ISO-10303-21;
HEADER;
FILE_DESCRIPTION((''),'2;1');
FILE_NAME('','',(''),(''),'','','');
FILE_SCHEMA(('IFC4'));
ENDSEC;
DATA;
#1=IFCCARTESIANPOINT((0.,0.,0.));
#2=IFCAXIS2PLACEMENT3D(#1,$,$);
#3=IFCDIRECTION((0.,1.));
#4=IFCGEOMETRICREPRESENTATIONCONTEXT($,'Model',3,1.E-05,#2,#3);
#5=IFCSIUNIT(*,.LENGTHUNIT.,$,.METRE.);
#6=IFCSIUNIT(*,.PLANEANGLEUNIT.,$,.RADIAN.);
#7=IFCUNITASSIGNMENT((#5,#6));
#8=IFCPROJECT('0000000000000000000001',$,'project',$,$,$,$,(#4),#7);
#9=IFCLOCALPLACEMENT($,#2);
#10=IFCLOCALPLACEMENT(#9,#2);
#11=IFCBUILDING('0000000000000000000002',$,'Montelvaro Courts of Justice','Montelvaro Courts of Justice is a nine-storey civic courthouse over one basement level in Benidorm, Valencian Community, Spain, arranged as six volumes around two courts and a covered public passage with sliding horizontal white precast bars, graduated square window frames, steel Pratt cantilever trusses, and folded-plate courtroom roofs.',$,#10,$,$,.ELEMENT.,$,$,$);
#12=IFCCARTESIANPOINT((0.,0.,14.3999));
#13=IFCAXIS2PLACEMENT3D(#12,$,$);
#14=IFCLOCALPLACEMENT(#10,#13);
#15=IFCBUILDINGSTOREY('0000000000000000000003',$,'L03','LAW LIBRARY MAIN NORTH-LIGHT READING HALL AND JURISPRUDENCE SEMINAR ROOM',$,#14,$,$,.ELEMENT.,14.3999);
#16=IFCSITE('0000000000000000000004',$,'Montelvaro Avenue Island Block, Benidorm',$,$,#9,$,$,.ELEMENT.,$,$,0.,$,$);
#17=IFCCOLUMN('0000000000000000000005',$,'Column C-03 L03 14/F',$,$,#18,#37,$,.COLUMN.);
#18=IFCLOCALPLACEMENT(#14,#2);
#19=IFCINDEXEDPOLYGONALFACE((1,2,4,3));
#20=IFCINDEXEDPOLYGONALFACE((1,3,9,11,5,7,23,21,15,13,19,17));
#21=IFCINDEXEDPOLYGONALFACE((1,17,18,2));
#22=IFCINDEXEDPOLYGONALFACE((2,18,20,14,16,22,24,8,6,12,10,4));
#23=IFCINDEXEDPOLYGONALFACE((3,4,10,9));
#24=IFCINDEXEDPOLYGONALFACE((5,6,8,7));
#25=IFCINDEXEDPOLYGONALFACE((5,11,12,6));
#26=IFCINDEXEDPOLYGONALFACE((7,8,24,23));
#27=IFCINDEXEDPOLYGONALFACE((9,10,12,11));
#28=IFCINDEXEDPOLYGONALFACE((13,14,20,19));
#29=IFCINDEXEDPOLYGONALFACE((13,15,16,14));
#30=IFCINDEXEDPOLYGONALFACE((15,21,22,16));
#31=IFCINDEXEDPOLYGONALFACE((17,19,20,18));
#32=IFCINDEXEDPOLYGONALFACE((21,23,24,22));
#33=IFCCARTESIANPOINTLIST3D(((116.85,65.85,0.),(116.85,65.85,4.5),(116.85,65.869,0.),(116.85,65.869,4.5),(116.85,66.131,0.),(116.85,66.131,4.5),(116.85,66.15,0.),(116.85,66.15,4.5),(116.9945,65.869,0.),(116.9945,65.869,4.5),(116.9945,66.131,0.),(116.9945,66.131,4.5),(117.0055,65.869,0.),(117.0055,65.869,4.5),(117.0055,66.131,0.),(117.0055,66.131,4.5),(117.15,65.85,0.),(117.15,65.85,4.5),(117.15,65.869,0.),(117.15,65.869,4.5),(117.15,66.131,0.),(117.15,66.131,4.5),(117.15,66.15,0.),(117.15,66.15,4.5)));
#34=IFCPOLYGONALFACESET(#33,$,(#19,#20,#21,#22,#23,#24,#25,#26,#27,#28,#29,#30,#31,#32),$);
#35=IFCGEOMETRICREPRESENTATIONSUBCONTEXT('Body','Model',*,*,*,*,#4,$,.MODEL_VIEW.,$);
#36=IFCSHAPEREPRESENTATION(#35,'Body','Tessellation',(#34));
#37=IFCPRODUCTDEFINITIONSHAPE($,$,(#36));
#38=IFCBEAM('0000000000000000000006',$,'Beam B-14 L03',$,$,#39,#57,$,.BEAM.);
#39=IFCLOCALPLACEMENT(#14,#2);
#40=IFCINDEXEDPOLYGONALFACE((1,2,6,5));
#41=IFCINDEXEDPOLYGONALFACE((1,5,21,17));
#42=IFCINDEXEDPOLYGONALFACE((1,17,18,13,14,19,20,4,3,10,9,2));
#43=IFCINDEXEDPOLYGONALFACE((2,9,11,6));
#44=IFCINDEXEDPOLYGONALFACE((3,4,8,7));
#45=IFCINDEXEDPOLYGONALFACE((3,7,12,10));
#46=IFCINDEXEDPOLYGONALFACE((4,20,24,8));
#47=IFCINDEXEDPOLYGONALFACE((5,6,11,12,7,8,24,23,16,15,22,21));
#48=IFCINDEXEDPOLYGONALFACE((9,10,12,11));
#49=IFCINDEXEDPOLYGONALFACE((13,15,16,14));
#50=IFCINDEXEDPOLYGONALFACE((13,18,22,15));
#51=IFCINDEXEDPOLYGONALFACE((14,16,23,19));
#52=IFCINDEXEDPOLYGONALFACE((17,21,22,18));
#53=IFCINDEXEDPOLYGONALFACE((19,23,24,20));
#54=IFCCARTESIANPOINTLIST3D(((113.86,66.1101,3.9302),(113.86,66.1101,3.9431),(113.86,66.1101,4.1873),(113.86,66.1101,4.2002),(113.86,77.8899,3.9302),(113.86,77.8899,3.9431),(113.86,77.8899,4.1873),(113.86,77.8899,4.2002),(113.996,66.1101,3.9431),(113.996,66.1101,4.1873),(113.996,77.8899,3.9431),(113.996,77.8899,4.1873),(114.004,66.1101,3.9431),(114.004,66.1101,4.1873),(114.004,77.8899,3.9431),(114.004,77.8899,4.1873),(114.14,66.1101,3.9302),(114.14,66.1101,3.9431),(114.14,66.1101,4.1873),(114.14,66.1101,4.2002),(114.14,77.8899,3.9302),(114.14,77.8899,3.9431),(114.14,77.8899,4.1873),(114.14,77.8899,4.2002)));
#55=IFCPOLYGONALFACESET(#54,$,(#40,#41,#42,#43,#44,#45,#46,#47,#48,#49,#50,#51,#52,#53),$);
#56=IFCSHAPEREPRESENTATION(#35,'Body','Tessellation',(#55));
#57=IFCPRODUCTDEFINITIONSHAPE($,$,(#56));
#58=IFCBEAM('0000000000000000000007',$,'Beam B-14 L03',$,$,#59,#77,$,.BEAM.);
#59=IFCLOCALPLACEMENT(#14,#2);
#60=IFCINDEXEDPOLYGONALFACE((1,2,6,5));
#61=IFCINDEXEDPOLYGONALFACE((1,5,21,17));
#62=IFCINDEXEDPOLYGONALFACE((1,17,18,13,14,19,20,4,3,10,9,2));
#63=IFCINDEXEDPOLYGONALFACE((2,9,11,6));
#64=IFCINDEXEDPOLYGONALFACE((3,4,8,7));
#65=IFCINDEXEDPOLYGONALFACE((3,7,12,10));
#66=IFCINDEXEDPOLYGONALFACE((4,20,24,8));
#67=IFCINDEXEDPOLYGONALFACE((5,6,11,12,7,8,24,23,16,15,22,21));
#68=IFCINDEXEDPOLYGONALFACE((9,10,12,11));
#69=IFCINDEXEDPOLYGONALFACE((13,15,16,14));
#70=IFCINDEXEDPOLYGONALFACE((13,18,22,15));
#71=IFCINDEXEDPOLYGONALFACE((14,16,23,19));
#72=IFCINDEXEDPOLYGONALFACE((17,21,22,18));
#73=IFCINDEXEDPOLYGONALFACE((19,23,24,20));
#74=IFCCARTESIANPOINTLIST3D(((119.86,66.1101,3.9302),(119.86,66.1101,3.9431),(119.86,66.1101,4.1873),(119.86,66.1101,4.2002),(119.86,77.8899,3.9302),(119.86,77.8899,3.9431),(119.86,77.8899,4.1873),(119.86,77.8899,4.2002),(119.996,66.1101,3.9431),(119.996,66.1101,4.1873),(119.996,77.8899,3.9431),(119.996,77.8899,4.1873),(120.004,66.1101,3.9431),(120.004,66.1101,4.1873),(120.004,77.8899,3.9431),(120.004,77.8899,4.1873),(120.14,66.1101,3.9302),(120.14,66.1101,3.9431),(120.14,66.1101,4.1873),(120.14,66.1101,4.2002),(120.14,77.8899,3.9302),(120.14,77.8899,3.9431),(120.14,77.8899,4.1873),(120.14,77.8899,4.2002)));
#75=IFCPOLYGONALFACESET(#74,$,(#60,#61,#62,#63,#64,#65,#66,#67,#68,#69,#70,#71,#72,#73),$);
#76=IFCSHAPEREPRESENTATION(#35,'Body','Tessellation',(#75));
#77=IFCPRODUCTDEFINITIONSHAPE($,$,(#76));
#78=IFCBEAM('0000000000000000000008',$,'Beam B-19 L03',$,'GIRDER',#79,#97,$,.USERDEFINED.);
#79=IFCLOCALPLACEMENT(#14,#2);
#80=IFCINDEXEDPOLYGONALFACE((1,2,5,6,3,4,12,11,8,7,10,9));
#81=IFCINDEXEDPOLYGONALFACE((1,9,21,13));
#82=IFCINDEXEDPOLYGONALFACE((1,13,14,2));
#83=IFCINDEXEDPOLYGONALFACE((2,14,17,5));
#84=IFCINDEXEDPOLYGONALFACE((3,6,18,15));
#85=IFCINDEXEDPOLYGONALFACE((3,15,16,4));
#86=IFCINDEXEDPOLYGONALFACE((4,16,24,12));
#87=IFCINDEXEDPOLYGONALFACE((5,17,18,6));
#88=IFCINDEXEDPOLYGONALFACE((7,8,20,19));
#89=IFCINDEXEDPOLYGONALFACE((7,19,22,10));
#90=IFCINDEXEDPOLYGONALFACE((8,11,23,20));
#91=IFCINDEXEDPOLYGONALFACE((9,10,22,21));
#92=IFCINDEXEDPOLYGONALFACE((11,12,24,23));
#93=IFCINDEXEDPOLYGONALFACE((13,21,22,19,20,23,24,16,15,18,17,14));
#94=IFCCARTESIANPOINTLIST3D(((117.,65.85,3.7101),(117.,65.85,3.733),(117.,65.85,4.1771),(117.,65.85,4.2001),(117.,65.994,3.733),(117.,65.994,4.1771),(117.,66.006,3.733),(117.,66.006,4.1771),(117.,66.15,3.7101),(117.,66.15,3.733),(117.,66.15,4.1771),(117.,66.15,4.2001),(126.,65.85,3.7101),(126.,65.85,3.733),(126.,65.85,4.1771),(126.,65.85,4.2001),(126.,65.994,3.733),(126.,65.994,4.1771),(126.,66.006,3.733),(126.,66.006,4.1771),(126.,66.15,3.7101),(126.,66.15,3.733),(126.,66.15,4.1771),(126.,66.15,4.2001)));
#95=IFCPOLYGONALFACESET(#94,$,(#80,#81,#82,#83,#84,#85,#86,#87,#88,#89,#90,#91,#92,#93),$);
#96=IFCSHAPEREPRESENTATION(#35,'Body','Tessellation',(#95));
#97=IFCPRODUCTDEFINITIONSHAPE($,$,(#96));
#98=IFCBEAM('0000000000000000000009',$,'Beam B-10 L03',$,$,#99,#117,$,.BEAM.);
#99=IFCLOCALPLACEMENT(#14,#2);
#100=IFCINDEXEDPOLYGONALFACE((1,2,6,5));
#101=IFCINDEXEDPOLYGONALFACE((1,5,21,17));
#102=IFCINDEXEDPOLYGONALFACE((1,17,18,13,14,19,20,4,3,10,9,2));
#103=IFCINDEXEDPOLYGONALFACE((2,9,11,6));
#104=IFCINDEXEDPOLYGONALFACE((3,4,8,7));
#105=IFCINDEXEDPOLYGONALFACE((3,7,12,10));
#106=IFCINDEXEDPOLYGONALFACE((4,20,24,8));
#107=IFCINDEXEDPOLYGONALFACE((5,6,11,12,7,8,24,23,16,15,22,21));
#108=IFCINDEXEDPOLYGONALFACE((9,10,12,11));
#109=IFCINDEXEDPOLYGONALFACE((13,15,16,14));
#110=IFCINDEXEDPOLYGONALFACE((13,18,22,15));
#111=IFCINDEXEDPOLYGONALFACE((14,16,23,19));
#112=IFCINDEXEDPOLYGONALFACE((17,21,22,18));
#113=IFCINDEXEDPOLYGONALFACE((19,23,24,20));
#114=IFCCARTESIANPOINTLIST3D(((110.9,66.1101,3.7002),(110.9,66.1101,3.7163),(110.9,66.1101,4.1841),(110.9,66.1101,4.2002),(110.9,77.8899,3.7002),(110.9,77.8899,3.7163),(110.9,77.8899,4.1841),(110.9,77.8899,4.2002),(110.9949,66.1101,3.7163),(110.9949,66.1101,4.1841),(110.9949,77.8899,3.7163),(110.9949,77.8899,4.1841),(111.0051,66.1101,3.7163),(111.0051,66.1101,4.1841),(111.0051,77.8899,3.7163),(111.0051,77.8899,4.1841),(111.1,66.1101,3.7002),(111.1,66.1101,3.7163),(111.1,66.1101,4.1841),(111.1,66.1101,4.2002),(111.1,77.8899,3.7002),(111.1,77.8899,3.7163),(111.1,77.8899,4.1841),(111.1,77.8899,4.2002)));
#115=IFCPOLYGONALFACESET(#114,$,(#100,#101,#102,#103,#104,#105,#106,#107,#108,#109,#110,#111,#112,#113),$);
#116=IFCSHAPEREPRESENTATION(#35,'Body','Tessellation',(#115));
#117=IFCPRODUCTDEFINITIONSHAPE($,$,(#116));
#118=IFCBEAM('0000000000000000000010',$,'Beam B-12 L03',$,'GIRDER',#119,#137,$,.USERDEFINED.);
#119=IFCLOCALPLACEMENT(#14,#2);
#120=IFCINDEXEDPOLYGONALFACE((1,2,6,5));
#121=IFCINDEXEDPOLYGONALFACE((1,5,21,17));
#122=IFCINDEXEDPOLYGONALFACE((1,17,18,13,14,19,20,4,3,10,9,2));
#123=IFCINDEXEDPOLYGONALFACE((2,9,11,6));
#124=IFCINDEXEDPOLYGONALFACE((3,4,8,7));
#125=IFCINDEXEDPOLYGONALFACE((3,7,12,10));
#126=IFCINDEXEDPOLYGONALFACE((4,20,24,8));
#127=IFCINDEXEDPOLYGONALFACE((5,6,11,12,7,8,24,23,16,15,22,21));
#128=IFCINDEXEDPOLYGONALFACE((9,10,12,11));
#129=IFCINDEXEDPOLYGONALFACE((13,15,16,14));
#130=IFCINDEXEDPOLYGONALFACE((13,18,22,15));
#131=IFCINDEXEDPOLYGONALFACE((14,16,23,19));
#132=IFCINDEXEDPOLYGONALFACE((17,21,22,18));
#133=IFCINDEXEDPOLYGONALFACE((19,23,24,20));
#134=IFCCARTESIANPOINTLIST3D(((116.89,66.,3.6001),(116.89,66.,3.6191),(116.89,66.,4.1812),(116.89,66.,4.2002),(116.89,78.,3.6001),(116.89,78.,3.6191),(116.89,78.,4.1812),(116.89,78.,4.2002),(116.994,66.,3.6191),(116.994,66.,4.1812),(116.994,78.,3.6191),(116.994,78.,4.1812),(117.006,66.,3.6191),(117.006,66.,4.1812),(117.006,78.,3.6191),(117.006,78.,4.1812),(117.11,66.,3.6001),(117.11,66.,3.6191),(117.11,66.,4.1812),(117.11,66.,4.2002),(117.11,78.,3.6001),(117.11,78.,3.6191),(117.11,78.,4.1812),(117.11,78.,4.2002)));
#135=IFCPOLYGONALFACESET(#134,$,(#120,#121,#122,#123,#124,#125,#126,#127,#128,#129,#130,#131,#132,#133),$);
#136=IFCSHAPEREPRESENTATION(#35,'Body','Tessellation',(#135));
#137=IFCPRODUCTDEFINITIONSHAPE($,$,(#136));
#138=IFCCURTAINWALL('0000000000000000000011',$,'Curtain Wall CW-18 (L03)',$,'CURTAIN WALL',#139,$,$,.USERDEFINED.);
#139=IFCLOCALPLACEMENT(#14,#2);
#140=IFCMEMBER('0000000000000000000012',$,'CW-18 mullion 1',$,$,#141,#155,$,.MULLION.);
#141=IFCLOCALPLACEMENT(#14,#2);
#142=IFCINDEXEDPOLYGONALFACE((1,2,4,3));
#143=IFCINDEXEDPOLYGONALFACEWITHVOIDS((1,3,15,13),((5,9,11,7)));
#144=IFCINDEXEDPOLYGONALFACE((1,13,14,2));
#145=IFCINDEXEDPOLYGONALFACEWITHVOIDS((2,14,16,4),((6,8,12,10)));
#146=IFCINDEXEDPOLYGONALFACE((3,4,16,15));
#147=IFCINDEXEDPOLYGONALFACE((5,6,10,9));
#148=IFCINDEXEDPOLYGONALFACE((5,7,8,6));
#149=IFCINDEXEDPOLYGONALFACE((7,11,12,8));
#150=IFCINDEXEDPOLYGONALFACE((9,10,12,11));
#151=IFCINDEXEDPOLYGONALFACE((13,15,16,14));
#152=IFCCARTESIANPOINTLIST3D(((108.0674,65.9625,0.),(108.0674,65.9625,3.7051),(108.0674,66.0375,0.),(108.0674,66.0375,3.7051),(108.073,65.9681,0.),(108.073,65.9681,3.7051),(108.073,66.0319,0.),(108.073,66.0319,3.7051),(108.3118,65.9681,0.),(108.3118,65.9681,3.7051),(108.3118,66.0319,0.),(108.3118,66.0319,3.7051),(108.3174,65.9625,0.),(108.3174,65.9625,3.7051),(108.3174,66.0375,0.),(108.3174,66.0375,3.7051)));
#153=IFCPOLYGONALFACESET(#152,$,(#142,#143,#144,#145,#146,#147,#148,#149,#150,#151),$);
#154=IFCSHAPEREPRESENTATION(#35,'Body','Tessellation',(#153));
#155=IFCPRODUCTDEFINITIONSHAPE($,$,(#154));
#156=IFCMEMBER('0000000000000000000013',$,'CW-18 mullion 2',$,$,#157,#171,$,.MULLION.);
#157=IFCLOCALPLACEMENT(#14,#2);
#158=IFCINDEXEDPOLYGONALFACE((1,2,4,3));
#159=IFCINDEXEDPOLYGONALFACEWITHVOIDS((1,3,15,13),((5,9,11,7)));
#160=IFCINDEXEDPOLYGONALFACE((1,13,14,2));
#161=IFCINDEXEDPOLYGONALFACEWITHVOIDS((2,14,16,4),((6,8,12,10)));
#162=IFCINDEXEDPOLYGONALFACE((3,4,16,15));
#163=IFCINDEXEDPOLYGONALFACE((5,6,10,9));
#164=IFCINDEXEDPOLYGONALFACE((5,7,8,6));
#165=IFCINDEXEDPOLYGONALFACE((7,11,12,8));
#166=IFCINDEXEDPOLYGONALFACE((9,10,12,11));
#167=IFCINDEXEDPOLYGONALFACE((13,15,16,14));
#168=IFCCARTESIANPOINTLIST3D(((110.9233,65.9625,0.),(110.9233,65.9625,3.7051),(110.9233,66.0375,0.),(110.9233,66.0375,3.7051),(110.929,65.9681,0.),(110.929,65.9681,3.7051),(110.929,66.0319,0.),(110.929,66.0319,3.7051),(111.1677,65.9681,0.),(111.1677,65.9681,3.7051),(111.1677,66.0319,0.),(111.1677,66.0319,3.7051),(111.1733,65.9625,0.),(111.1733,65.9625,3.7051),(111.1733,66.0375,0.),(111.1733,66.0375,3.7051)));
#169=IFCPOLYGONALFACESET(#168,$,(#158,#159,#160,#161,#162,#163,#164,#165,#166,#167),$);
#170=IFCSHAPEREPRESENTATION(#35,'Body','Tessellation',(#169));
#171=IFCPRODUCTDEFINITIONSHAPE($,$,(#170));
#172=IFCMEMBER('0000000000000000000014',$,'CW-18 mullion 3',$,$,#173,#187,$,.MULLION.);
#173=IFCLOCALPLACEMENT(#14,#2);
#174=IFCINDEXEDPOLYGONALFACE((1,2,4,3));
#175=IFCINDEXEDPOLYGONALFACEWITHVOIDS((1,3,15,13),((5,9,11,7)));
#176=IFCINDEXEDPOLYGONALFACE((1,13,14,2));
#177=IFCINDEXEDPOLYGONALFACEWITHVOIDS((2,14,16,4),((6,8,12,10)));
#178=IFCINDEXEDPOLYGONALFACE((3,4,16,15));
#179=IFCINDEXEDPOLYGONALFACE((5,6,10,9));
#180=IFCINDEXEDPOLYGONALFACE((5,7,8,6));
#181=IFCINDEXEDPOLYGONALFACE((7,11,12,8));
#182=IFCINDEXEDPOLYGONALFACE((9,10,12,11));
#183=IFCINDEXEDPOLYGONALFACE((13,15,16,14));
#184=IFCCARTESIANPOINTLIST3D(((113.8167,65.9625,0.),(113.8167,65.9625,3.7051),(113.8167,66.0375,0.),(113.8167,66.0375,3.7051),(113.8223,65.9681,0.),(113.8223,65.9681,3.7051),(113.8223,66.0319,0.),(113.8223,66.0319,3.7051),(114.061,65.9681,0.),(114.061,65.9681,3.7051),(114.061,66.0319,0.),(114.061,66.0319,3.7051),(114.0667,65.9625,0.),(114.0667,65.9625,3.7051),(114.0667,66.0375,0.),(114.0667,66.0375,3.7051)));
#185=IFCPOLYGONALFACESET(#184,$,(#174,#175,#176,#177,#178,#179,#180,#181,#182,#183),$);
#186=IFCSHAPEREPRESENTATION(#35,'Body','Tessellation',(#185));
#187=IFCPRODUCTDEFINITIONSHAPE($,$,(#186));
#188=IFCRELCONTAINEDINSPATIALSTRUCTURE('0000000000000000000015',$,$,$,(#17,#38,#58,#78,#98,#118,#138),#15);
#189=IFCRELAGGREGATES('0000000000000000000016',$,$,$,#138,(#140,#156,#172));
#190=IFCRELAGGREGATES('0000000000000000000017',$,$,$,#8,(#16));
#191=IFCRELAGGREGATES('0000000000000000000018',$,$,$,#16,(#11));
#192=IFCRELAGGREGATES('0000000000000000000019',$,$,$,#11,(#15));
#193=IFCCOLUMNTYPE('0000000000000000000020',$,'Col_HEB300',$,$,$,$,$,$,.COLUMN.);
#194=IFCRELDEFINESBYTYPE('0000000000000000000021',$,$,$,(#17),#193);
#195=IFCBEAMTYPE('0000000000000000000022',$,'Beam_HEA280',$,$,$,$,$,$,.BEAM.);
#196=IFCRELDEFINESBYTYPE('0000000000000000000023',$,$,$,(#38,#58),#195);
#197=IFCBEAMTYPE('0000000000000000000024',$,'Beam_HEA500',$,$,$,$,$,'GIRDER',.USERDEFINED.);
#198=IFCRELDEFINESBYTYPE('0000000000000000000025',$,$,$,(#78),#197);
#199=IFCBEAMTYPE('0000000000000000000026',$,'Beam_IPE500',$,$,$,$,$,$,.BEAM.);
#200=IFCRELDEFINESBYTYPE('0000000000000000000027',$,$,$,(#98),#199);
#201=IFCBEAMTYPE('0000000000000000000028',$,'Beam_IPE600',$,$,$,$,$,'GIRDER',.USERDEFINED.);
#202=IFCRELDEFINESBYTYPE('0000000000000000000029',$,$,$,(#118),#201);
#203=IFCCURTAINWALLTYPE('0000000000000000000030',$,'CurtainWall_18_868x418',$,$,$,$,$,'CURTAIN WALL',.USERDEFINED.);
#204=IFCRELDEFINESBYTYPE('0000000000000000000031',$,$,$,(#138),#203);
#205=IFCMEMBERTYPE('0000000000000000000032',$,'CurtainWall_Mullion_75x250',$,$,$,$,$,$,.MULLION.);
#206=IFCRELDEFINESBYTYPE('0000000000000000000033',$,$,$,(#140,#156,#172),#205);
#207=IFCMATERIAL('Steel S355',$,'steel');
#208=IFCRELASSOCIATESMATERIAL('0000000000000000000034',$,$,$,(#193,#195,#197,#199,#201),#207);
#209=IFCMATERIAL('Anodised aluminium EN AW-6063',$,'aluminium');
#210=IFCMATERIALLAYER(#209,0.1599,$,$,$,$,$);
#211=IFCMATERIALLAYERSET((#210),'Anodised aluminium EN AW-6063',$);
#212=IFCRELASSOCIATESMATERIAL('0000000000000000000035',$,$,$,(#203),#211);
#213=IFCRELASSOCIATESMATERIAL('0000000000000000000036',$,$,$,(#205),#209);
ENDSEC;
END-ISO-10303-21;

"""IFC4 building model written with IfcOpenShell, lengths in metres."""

from ifc_helpers import new_model, si_unit, direction, frame, origin, origin_2d, place, context, subcontext, project, spatial, hollow_rectangle, i_section, extrude, material, layer, layer_set, material_profile, profile_set, type_object, element, aggregate, save


model = new_model("IFC4")

# Units and contexts
model_context = context("Model", 3, precision=1e-05, world=origin(), true_north=direction((0.0, 1.0)))
body_context = subcontext(model_context, "Body", "Model", "MODEL_VIEW")
ifc_project = project(units=[si_unit("LENGTHUNIT", "METRE"), si_unit("PLANEANGLEUNIT", "RADIAN")], contexts=[model_context])

# Site, building, storey
site_placement = place(None, origin())
site = spatial("IfcSite", under=ifc_project, at=site_placement, Name="Montelvaro Avenue Island Block, Benidorm", CompositionType="ELEMENT", RefElevation=0.0)
building_placement = place(site_placement, origin())
building = spatial("IfcBuilding", under=site, at=building_placement, Name="Montelvaro Courts of Justice", Description="Montelvaro Courts of Justice is a nine-storey civic courthouse over one basement level in Benidorm, Valencian Community, Spain, arranged as six volumes around two courts and a covered public passage with sliding horizontal white precast bars, graduated square window frames, steel Pratt cantilever trusses, and folded-plate courtroom roofs.", CompositionType="ELEMENT")
storey_placement = place(building_placement, frame((0.0, 0.0, 14.3999)))
storey = spatial("IfcBuildingStorey", under=building, at=storey_placement, Name="L03", Description="LAW LIBRARY MAIN NORTH-LIGHT READING HALL AND JURISPRUDENCE SEMINAR ROOM", CompositionType="ELEMENT", Elevation=14.3999)

# Column
ifc_material_1 = material(Name="Steel S355", Category="steel")
ifc_material_profile_1 = material_profile(ifc_material_1, i_section(OverallWidth=0.3, OverallDepth=0.3, WebThickness=0.011, FlangeThickness=0.019, at=origin_2d()), Name="HEB 300")
ifc_profile_set_1 = profile_set([ifc_material_profile_1], Name="Steel S355")
column_type = type_object("IfcColumnType", Name="Col_HEB300", PredefinedType="COLUMN", material=ifc_profile_set_1)
column_placement = place(storey_placement, frame((117.0, 66.0, 0.0), z_axis=(0.0, 0.0, 1.0), x_axis=(1.0, 0.0, 0.0)))
element("IfcColumn", 1, at=column_placement, inside=storey, type_object=column_type, Name="Column C-03 L03 14/F", PredefinedType="COLUMN", context=body_context, shape_type="SweptSolid", body=[
    extrude(i_section(OverallWidth=0.3, OverallDepth=0.3, WebThickness=0.011, FlangeThickness=0.019, at=origin_2d()), origin(), (0.0, 0.0, 1.0), 4.5),
])

# Beams
ifc_material_profile_2 = material_profile(ifc_material_1, i_section(OverallWidth=0.28, OverallDepth=0.27, WebThickness=0.0081, FlangeThickness=0.0129, at=origin_2d()), Name="HEA 280")
ifc_profile_set_2 = profile_set([ifc_material_profile_2], Name="Steel S355")
beam_type_1 = type_object("IfcBeamType", Name="Beam_HEA280", PredefinedType="BEAM", material=ifc_profile_set_2)
for number, where, z_axis, x_axis, name in (
    (2, (114.0, 66.1101, 4.0652), (0.0, 1.0, 0.0), (-1.0, 0.0, 0.0), "Beam B-14 L03"),
    (3, (120.0, 66.1101, 4.0652), (0.0, 1.0, 0.0), (-1.0, 0.0, 0.0), "Beam B-14 L03"),
):
    element("IfcBeam", number, at=place(storey_placement, frame(where, z_axis=z_axis, x_axis=x_axis)), inside=storey, type_object=beam_type_1, Name=name, PredefinedType="BEAM", context=body_context, shape_type="SweptSolid", body=[
        extrude(i_section(OverallWidth=0.28, OverallDepth=0.27, WebThickness=0.0081, FlangeThickness=0.0129, at=origin_2d()), origin(), (0.0, 0.0, 1.0), 11.7798),
    ])
ifc_material_profile_3 = material_profile(ifc_material_1, i_section(OverallWidth=0.3, OverallDepth=0.49, WebThickness=0.012, FlangeThickness=0.0229, at=origin_2d()), Name="HEA 500")
ifc_profile_set_3 = profile_set([ifc_material_profile_3], Name="Steel S355")
beam_type_2 = type_object("IfcBeamType", Name="Beam_HEA500", ElementType="GIRDER", PredefinedType="USERDEFINED", material=ifc_profile_set_3)
beam_1_placement = place(storey_placement, frame((117.0, 66.0, 3.9551), z_axis=(1.0, 0.0, 0.0), x_axis=(0.0, 1.0, 0.0)))
element("IfcBeam", 4, at=beam_1_placement, inside=storey, type_object=beam_type_2, Name="Beam B-19 L03", ObjectType="GIRDER", PredefinedType="USERDEFINED", context=body_context, shape_type="SweptSolid", body=[
    extrude(i_section(OverallWidth=0.3, OverallDepth=0.49, WebThickness=0.012, FlangeThickness=0.0229, at=origin_2d()), origin(), (0.0, 0.0, 1.0), 9.0),
])
ifc_material_profile_4 = material_profile(ifc_material_1, i_section(OverallWidth=0.2, OverallDepth=0.5, WebThickness=0.0103, FlangeThickness=0.0161, at=origin_2d()), Name="IPE 500")
ifc_profile_set_4 = profile_set([ifc_material_profile_4], Name="Steel S355")
beam_type_3 = type_object("IfcBeamType", Name="Beam_IPE500", PredefinedType="BEAM", material=ifc_profile_set_4)
beam_2_placement = place(storey_placement, frame((111.0, 66.1101, 3.9502), z_axis=(0.0, 1.0, 0.0), x_axis=(-1.0, 0.0, 0.0)))
element("IfcBeam", 5, at=beam_2_placement, inside=storey, type_object=beam_type_3, Name="Beam B-10 L03", PredefinedType="BEAM", context=body_context, shape_type="SweptSolid", body=[
    extrude(i_section(OverallWidth=0.2, OverallDepth=0.5, WebThickness=0.0103, FlangeThickness=0.0161, at=origin_2d()), origin(), (0.0, 0.0, 1.0), 11.7798),
])
ifc_material_profile_5 = material_profile(ifc_material_1, i_section(OverallWidth=0.22, OverallDepth=0.6001, WebThickness=0.012, FlangeThickness=0.019, at=origin_2d()), Name="IPE 600")
ifc_profile_set_5 = profile_set([ifc_material_profile_5], Name="Steel S355")
beam_type_4 = type_object("IfcBeamType", Name="Beam_IPE600", ElementType="GIRDER", PredefinedType="USERDEFINED", material=ifc_profile_set_5)
beam_3_placement = place(storey_placement, frame((117.0, 66.0, 3.9001), z_axis=(0.0, 1.0, 0.0), x_axis=(-1.0, 0.0, 0.0)))
element("IfcBeam", 6, at=beam_3_placement, inside=storey, type_object=beam_type_4, Name="Beam B-12 L03", ObjectType="GIRDER", PredefinedType="USERDEFINED", context=body_context, shape_type="SweptSolid", body=[
    extrude(i_section(OverallWidth=0.22, OverallDepth=0.6001, WebThickness=0.012, FlangeThickness=0.019, at=origin_2d()), origin(), (0.0, 0.0, 1.0), 12.0),
])

# Curtain wall, members
ifc_material_2 = material(Name="Anodised aluminium EN AW-6063", Category="aluminium")
ifc_layer_1 = layer(ifc_material_2, 0.1599)
ifc_layer_set_1 = layer_set([ifc_layer_1], Name="Anodised aluminium EN AW-6063")
curtain_wall_type = type_object("IfcCurtainWallType", Name="CurtainWall_18_868x418", ElementType="CURTAIN WALL", PredefinedType="USERDEFINED", material=ifc_layer_set_1)
curtain_wall_1_placement = place(storey_placement, origin())
curtain_wall_1 = element("IfcCurtainWall", 7, at=curtain_wall_1_placement, inside=storey, type_object=curtain_wall_type, Name="Curtain Wall CW-18 (L03)", ObjectType="CURTAIN WALL", PredefinedType="USERDEFINED")
ifc_material_profile_6 = material_profile(ifc_material_2, hollow_rectangle(XDim=0.075, YDim=0.25, WallThickness=0.0056, at=origin_2d()), Name="ALU-M 75x250")
ifc_profile_set_6 = profile_set([ifc_material_profile_6], Name="Anodised aluminium EN AW-6063")
member_type_1 = type_object("IfcMemberType", Name="CurtainWall_Mullion_75x250", PredefinedType="MULLION", material=ifc_profile_set_6)
member_1_placement = place(storey_placement, frame((108.1924, 66.0, 0.0), z_axis=(0.0, 0.0, 1.0), x_axis=(0.0, 1.0, 0.0)))
member_1 = element("IfcMember", 8, at=member_1_placement, type_object=member_type_1, Name="CW-18 mullion 1", PredefinedType="MULLION", context=body_context, shape_type="SweptSolid", body=[
    extrude(hollow_rectangle(XDim=0.075, YDim=0.25, WallThickness=0.0056, at=origin_2d()), origin(), (0.0, 0.0, 1.0), 3.7051),
])
member_2_placement = place(storey_placement, frame((111.0483, 66.0, 0.0), z_axis=(0.0, 0.0, 1.0), x_axis=(0.0, 1.0, 0.0)))
member_2 = element("IfcMember", 9, at=member_2_placement, type_object=member_type_1, Name="CW-18 mullion 2", PredefinedType="MULLION", context=body_context, shape_type="SweptSolid", body=[
    extrude(hollow_rectangle(XDim=0.075, YDim=0.25, WallThickness=0.0056, at=origin_2d()), origin(), (0.0, 0.0, 1.0), 3.7051),
])
member_3_placement = place(storey_placement, frame((113.9417, 66.0, 0.0), z_axis=(0.0, 0.0, 1.0), x_axis=(0.0, 1.0, 0.0)))
member_3 = element("IfcMember", 10, at=member_3_placement, type_object=member_type_1, Name="CW-18 mullion 3", PredefinedType="MULLION", context=body_context, shape_type="SweptSolid", body=[
    extrude(hollow_rectangle(XDim=0.075, YDim=0.25, WallThickness=0.0056, at=origin_2d()), origin(), (0.0, 0.0, 1.0), 3.7051),
])

aggregate(curtain_wall_1, [member_1, member_2, member_3])

save(model, "model.ifc")
